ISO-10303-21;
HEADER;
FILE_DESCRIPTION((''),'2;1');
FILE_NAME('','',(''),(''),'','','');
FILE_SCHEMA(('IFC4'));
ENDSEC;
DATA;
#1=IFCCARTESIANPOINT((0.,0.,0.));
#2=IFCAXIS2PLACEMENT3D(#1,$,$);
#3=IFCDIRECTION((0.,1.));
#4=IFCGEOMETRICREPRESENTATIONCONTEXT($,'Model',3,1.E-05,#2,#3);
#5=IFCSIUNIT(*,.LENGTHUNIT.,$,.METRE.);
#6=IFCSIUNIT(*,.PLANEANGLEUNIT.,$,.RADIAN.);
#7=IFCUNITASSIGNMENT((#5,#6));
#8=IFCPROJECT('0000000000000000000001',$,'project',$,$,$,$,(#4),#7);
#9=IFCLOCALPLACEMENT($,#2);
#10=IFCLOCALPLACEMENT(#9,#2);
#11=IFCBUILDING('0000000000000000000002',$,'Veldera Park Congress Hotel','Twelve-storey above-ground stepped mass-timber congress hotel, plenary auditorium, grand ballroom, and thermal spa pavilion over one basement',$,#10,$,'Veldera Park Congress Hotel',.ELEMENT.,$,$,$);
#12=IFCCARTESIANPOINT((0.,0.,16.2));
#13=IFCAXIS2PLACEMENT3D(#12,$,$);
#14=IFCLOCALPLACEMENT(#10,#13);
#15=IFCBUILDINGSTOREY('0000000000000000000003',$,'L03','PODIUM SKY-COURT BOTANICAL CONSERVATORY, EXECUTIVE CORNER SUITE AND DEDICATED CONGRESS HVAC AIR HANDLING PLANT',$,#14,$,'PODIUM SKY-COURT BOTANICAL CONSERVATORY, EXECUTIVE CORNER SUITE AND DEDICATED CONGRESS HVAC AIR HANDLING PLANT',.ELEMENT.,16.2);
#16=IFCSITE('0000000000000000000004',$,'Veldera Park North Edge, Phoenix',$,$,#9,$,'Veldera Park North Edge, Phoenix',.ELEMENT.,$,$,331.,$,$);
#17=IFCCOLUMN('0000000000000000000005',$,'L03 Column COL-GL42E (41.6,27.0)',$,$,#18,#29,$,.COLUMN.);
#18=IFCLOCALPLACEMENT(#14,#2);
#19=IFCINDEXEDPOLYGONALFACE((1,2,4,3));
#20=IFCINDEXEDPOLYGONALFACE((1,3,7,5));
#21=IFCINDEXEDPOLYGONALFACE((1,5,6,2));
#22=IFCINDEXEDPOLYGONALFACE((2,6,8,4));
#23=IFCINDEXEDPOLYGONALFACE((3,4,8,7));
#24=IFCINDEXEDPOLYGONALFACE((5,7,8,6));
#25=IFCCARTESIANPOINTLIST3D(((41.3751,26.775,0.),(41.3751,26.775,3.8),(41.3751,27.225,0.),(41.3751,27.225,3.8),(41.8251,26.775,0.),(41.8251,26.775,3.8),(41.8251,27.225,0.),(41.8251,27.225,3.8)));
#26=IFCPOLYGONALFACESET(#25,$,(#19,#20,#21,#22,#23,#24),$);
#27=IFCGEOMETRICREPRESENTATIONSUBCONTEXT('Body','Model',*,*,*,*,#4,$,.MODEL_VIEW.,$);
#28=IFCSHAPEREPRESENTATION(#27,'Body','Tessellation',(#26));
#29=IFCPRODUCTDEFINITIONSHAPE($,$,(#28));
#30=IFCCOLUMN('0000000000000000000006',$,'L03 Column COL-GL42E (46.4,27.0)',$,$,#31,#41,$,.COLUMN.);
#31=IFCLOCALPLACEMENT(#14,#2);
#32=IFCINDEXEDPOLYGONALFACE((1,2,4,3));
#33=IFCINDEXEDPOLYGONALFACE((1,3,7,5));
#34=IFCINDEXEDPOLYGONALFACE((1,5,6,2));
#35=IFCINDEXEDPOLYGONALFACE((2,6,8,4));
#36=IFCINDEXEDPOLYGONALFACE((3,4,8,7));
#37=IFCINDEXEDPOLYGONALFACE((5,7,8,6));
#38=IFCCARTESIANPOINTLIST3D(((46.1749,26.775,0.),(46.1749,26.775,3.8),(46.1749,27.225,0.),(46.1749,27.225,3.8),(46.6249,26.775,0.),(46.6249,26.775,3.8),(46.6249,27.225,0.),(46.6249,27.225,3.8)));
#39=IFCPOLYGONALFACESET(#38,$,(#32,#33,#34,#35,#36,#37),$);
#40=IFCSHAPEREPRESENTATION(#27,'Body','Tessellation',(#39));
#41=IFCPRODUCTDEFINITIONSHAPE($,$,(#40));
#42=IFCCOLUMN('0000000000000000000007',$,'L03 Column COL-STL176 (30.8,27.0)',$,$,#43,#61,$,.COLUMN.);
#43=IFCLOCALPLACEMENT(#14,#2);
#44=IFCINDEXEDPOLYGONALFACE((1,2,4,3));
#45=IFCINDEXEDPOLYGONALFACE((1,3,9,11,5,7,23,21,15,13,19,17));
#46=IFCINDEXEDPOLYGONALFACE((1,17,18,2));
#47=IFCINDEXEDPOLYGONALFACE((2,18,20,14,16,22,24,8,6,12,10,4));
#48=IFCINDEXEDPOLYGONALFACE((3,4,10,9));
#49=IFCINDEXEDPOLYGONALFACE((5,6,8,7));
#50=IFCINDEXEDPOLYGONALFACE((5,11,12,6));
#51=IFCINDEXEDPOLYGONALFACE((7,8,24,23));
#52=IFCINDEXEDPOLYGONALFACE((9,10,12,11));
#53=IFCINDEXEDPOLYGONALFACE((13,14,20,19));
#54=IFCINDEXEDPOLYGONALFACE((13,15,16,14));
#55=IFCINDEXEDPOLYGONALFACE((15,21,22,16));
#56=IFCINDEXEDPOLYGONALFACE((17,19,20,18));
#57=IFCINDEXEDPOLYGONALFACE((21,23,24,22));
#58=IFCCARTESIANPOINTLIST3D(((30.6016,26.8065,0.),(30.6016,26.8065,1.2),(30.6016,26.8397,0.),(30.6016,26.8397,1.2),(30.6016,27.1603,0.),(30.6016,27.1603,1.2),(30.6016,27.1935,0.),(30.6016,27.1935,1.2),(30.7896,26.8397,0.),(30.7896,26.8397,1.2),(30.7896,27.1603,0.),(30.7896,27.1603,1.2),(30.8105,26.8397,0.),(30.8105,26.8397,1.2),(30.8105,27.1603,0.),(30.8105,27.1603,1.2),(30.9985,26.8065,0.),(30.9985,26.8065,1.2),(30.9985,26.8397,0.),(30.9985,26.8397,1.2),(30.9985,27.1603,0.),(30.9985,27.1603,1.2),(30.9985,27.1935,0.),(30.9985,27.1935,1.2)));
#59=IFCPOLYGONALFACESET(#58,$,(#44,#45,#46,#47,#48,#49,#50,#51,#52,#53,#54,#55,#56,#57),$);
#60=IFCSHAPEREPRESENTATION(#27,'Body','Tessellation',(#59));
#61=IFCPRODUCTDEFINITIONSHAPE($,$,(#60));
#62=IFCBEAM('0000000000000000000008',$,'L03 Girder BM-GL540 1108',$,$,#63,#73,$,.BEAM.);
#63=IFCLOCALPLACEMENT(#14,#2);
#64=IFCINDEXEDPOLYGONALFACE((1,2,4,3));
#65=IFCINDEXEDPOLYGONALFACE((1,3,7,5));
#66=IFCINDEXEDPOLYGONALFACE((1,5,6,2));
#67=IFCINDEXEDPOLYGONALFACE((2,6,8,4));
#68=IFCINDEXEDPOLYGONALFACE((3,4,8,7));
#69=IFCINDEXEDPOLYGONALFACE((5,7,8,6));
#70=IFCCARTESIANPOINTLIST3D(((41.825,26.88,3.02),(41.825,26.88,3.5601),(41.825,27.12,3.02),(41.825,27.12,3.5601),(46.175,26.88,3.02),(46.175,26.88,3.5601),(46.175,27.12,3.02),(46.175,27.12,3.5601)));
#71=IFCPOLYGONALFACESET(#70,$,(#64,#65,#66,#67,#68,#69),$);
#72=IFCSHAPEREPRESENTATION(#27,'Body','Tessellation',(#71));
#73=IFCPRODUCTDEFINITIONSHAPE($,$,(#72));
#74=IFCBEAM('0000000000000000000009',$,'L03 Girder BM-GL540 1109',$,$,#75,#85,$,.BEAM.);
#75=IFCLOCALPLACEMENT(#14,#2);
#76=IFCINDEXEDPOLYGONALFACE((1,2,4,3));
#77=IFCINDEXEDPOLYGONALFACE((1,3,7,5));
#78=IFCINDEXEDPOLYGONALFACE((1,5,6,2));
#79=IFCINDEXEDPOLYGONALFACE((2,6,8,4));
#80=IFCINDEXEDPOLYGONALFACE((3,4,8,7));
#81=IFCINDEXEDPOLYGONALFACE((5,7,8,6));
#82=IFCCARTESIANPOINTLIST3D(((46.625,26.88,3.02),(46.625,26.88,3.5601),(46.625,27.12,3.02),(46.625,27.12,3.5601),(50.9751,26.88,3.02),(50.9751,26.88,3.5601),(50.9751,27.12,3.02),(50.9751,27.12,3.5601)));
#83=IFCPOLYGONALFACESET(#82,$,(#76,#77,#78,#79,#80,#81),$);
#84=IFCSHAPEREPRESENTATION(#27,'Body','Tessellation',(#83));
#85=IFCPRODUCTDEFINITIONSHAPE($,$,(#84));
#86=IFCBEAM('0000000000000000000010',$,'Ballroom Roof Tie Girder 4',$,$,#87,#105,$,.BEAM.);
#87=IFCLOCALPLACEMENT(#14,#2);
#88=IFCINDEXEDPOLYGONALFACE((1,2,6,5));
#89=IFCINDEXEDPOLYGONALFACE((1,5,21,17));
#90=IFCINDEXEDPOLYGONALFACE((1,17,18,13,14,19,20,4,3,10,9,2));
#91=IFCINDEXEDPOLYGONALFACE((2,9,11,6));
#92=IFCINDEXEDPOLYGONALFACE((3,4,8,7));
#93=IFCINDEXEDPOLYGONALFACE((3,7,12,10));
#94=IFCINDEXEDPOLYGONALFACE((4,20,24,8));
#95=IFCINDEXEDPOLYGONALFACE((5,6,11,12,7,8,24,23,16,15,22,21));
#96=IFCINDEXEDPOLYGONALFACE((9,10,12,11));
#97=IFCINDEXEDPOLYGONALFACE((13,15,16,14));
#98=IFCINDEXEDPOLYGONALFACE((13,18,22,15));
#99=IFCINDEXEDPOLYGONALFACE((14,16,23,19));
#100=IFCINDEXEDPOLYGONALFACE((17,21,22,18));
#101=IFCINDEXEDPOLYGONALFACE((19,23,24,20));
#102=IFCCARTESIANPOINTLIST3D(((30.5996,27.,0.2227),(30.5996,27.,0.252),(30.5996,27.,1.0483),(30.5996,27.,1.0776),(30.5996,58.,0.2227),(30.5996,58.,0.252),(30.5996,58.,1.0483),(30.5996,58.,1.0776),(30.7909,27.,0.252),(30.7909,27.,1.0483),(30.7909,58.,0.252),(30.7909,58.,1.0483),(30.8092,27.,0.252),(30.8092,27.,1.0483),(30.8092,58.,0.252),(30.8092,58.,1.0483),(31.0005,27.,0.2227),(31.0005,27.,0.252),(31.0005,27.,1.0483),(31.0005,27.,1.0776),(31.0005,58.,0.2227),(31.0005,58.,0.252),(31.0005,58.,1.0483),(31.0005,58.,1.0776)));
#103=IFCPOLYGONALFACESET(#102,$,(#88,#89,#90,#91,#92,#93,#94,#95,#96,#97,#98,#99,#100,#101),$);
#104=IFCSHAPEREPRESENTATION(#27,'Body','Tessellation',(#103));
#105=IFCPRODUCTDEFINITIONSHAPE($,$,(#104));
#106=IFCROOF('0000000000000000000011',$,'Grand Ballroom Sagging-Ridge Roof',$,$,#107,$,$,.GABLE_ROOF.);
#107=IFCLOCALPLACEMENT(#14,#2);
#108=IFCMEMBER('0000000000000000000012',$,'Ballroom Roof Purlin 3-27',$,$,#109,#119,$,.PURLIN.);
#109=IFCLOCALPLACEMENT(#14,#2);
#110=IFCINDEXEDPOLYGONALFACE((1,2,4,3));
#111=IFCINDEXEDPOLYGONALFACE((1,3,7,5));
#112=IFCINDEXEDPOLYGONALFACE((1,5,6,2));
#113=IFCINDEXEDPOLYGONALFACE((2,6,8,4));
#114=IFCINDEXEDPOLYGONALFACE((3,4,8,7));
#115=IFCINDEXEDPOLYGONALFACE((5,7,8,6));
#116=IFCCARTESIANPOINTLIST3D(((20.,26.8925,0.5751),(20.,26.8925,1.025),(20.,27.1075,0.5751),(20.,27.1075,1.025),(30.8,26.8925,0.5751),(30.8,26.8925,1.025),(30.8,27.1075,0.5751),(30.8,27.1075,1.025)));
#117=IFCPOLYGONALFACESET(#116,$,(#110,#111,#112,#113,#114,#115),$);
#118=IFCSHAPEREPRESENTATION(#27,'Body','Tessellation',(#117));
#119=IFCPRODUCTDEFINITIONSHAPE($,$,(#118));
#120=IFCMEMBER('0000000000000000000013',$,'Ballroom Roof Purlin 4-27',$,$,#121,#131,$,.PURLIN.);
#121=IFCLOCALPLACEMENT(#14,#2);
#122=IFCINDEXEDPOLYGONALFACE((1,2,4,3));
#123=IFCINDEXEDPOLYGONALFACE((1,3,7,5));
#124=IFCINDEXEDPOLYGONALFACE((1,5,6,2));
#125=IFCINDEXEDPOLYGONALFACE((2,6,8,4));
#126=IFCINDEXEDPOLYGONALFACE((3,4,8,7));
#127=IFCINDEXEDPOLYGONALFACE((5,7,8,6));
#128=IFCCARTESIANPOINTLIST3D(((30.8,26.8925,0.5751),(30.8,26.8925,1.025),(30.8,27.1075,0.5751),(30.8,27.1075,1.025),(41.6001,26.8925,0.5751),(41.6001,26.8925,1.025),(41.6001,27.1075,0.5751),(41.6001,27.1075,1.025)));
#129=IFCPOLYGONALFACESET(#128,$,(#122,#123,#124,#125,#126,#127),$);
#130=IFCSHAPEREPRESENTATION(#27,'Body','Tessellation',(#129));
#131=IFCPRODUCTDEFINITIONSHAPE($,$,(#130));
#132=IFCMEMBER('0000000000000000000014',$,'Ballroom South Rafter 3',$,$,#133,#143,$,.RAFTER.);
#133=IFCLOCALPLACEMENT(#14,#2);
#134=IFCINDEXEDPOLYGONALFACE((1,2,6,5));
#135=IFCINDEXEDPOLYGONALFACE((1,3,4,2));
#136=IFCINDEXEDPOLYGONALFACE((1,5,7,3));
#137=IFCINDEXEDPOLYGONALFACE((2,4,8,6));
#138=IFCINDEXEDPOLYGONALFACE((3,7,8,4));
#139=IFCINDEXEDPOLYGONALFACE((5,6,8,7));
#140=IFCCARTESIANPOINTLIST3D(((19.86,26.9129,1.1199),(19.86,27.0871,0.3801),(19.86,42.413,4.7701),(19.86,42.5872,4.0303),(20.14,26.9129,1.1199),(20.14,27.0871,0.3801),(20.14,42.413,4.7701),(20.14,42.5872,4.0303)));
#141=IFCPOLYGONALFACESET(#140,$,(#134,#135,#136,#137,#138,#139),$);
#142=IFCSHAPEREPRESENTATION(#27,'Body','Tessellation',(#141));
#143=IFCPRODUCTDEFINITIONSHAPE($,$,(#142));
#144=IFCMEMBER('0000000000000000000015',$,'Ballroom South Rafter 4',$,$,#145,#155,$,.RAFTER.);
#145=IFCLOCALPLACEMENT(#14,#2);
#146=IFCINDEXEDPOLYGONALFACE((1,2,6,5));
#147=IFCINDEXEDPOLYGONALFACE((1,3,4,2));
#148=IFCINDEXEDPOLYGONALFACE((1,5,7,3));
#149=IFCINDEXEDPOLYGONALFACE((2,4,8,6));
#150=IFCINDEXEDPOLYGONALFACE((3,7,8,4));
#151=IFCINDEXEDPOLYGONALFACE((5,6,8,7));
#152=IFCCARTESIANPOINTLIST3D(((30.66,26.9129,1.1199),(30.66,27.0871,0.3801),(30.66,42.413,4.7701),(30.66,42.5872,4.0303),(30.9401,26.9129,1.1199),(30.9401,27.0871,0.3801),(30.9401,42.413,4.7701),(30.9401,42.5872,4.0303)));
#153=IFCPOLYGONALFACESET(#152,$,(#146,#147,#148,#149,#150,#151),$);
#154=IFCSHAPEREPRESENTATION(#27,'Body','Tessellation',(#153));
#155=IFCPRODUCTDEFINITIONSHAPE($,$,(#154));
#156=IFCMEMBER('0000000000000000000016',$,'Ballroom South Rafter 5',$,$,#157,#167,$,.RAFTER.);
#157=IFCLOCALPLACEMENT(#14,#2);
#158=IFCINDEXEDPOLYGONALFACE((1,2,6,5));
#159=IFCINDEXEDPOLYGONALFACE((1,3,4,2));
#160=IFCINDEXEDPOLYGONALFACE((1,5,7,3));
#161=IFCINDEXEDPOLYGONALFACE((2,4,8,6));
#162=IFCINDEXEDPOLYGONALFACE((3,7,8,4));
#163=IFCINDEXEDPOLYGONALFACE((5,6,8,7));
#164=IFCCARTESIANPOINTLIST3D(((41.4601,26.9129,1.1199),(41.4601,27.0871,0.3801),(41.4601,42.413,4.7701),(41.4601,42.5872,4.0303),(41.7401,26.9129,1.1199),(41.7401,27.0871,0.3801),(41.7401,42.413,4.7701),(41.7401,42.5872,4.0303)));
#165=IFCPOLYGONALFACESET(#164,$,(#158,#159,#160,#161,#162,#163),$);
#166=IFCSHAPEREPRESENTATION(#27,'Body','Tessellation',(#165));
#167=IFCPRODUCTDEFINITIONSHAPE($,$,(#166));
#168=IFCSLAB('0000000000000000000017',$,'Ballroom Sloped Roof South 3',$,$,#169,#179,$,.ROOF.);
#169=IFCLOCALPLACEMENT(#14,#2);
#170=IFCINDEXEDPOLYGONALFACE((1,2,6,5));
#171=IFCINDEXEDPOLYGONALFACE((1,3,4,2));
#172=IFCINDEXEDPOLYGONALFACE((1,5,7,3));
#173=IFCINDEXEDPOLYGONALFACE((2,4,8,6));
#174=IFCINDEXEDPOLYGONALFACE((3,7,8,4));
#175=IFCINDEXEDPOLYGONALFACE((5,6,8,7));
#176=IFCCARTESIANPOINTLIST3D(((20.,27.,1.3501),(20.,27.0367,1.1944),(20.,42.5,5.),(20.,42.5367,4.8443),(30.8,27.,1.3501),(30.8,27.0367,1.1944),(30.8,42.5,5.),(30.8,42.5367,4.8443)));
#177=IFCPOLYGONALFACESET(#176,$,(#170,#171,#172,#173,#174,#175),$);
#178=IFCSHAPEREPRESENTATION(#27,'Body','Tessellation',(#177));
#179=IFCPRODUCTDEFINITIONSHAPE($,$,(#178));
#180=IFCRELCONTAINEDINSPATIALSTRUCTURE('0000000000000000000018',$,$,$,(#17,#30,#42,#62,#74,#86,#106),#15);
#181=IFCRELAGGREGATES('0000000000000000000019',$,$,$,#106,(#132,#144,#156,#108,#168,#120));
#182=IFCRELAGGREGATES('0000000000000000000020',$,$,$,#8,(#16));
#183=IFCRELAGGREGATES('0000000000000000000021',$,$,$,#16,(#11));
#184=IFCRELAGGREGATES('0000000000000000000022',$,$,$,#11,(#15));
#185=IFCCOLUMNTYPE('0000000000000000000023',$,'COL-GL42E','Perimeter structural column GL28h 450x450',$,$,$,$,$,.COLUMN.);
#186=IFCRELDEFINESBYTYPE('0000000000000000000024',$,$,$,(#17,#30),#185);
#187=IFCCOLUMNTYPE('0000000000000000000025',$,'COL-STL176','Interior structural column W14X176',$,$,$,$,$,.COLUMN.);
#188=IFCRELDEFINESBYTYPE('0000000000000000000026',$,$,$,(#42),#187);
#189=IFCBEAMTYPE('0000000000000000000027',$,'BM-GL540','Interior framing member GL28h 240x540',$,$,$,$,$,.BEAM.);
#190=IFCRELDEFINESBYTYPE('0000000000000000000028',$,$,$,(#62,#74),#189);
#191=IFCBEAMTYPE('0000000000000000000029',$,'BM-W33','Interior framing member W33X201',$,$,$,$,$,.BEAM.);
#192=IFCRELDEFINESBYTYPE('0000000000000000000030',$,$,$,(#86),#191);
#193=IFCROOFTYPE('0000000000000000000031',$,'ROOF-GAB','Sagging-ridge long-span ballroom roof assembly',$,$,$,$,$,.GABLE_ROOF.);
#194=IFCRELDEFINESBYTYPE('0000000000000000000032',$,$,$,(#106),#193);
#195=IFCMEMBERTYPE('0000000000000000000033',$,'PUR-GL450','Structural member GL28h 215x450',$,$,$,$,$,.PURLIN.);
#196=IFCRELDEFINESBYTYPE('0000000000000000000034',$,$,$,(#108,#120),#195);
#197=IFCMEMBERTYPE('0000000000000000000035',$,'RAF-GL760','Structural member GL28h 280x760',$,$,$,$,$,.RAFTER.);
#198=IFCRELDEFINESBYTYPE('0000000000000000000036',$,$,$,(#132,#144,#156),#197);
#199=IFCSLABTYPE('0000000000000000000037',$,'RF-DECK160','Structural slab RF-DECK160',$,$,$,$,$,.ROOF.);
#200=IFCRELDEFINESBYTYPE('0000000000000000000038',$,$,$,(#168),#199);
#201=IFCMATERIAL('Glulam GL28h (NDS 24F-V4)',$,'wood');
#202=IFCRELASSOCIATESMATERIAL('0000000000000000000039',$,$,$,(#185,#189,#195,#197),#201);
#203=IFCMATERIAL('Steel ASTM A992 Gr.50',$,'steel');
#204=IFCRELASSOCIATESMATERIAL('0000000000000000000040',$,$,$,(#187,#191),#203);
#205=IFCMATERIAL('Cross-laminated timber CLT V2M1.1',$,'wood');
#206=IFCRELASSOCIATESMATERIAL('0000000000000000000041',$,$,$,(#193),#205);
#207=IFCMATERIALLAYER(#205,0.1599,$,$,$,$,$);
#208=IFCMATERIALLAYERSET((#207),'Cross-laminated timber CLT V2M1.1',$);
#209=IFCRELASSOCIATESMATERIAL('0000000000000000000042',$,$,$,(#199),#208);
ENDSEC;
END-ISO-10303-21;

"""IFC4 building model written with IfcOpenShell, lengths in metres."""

from ifc_helpers import new_model, si_unit, direction, frame, origin, origin_2d, place, context, subcontext, project, spatial, polyline, rectangle, i_section, outline, extrude, material, layer, layer_set, material_profile, profile_set, type_object, element, aggregate, save


model = new_model("IFC4")

# Units and contexts
model_context = context("Model", 3, precision=1e-05, world=origin(), true_north=direction((0.0, 1.0)))
body_context = subcontext(model_context, "Body", "Model", "MODEL_VIEW")
ifc_project = project(units=[si_unit("LENGTHUNIT", "METRE"), si_unit("PLANEANGLEUNIT", "RADIAN")], contexts=[model_context])

# Site, building, storey
site_placement = place(None, origin())
site = spatial("IfcSite", under=ifc_project, at=site_placement, Name="Veldera Park North Edge, Phoenix", LongName="Veldera Park North Edge, Phoenix", CompositionType="ELEMENT", RefElevation=331.0)
building_placement = place(site_placement, origin())
building = spatial("IfcBuilding", under=site, at=building_placement, Name="Veldera Park Congress Hotel", Description="Twelve-storey above-ground stepped mass-timber congress hotel, plenary auditorium, grand ballroom, and thermal spa pavilion over one basement", LongName="Veldera Park Congress Hotel", CompositionType="ELEMENT")
storey_placement = place(building_placement, frame((0.0, 0.0, 16.2)))
storey = spatial("IfcBuildingStorey", under=building, at=storey_placement, Name="L03", Description="PODIUM SKY-COURT BOTANICAL CONSERVATORY, EXECUTIVE CORNER SUITE AND DEDICATED CONGRESS HVAC AIR HANDLING PLANT", LongName="PODIUM SKY-COURT BOTANICAL CONSERVATORY, EXECUTIVE CORNER SUITE AND DEDICATED CONGRESS HVAC AIR HANDLING PLANT", CompositionType="ELEMENT", Elevation=16.2)

# Columns
ifc_material_1 = material(Name="Glulam GL28h (NDS 24F-V4)", Category="wood")
ifc_material_profile_1 = material_profile(ifc_material_1, rectangle(XDim=0.45, YDim=0.45, at=origin_2d()), Name="GL28h 450x450")
ifc_profile_set_1 = profile_set([ifc_material_profile_1], Name="Glulam GL28h (NDS 24F-V4)")
column_type_1 = type_object("IfcColumnType", Name="COL-GL42E", Description="Perimeter structural column GL28h 450x450", PredefinedType="COLUMN", material=ifc_profile_set_1)
for number, where, z_axis, x_axis, name in (
    (1, (41.6001, 27.0, 0.0), (0.0, 0.0, 1.0), (1.0, 0.0, 0.0), "L03 Column COL-GL42E (41.6,27.0)"),
    (2, (46.3999, 27.0, 0.0), (0.0, 0.0, 1.0), (1.0, 0.0, 0.0), "L03 Column COL-GL42E (46.4,27.0)"),
):
    element("IfcColumn", number, at=place(storey_placement, frame(where, z_axis=z_axis, x_axis=x_axis)), inside=storey, type_object=column_type_1, Name=name, PredefinedType="COLUMN", context=body_context, shape_type="SweptSolid", body=[
        extrude(rectangle(XDim=0.45, YDim=0.45, at=origin_2d()), origin(), (0.0, 0.0, 1.0), 3.8),
    ])
ifc_material_2 = material(Name="Steel ASTM A992 Gr.50", Category="steel")
ifc_material_profile_2 = material_profile(ifc_material_2, i_section(OverallWidth=0.397, OverallDepth=0.387, WebThickness=0.021, FlangeThickness=0.0332, at=origin_2d()), Name="W14X176")
ifc_profile_set_2 = profile_set([ifc_material_profile_2], Name="Steel ASTM A992 Gr.50")
column_type_2 = type_object("IfcColumnType", Name="COL-STL176", Description="Interior structural column W14X176", PredefinedType="COLUMN", material=ifc_profile_set_2)
column_placement = place(storey_placement, frame((30.8, 27.0, 0.0), z_axis=(0.0, 0.0, 1.0), x_axis=(1.0, 0.0, 0.0)))
element("IfcColumn", 3, at=column_placement, inside=storey, type_object=column_type_2, Name="L03 Column COL-STL176 (30.8,27.0)", PredefinedType="COLUMN", context=body_context, shape_type="SweptSolid", body=[
    extrude(i_section(OverallWidth=0.397, OverallDepth=0.387, WebThickness=0.021, FlangeThickness=0.0332, at=origin_2d()), origin(), (0.0, 0.0, 1.0), 1.2),
])

# Beams
ifc_material_profile_3 = material_profile(ifc_material_1, rectangle(XDim=0.24, YDim=0.54, at=origin_2d()), Name="GL28h 240x540")
ifc_profile_set_3 = profile_set([ifc_material_profile_3], Name="Glulam GL28h (NDS 24F-V4)")
beam_type_1 = type_object("IfcBeamType", Name="BM-GL540", Description="Interior framing member GL28h 240x540", PredefinedType="BEAM", material=ifc_profile_set_3)
for number, where, z_axis, x_axis, name in (
    (4, (41.825, 27.0, 3.29), (1.0, 0.0, 0.0), (0.0, 1.0, 0.0), "L03 Girder BM-GL540 1108"),
    (5, (46.625, 27.0, 3.29), (1.0, 0.0, 0.0), (0.0, 1.0, 0.0), "L03 Girder BM-GL540 1109"),
):
    element("IfcBeam", number, at=place(storey_placement, frame(where, z_axis=z_axis, x_axis=x_axis)), inside=storey, type_object=beam_type_1, Name=name, PredefinedType="BEAM", context=body_context, shape_type="SweptSolid", body=[
        extrude(rectangle(XDim=0.24, YDim=0.54, at=origin_2d()), origin(), (0.0, 0.0, 1.0), 4.3501),
    ])
ifc_material_profile_4 = material_profile(ifc_material_2, i_section(OverallWidth=0.4009, OverallDepth=0.855, WebThickness=0.0183, FlangeThickness=0.0293, at=origin_2d()), Name="W33X201")
ifc_profile_set_4 = profile_set([ifc_material_profile_4], Name="Steel ASTM A992 Gr.50")
beam_type_2 = type_object("IfcBeamType", Name="BM-W33", Description="Interior framing member W33X201", PredefinedType="BEAM", material=ifc_profile_set_4)
beam_placement = place(storey_placement, frame((30.8, 27.0, 0.6501), z_axis=(0.0, 1.0, 0.0), x_axis=(-1.0, 0.0, 0.0)))
element("IfcBeam", 6, at=beam_placement, inside=storey, type_object=beam_type_2, Name="Ballroom Roof Tie Girder 4", PredefinedType="BEAM", context=body_context, shape_type="SweptSolid", body=[
    extrude(i_section(OverallWidth=0.4009, OverallDepth=0.855, WebThickness=0.0183, FlangeThickness=0.0293, at=origin_2d()), origin(), (0.0, 0.0, 1.0), 31.0),
])

# Roof, members, slab
ifc_material_3 = material(Name="Cross-laminated timber CLT V2M1.1", Category="wood")
roof_type = type_object("IfcRoofType", Name="ROOF-GAB", Description="Sagging-ridge long-span ballroom roof assembly", PredefinedType="GABLE_ROOF", material=ifc_material_3)
roof_placement = place(storey_placement, origin())
roof = element("IfcRoof", 7, at=roof_placement, inside=storey, type_object=roof_type, Name="Grand Ballroom Sagging-Ridge Roof", PredefinedType="GABLE_ROOF")
ifc_material_profile_5 = material_profile(ifc_material_1, rectangle(XDim=0.2151, YDim=0.45, at=origin_2d()), Name="GL28h 215x450")
ifc_profile_set_5 = profile_set([ifc_material_profile_5], Name="Glulam GL28h (NDS 24F-V4)")
member_type_1 = type_object("IfcMemberType", Name="PUR-GL450", Description="Structural member GL28h 215x450", PredefinedType="PURLIN", material=ifc_profile_set_5)
member_1_placement = place(storey_placement, frame((20.0, 27.0, 0.8), z_axis=(1.0, 0.0, 0.0), x_axis=(0.0, 1.0, 0.0)))
member_1 = element("IfcMember", 8, at=member_1_placement, type_object=member_type_1, Name="Ballroom Roof Purlin 3-27", PredefinedType="PURLIN", context=body_context, shape_type="SweptSolid", body=[
    extrude(rectangle(XDim=0.2151, YDim=0.45, at=origin_2d()), origin(), (0.0, 0.0, 1.0), 10.8),
])
member_2_placement = place(storey_placement, frame((30.8, 27.0, 0.8), z_axis=(1.0, 0.0, 0.0), x_axis=(0.0, 1.0, 0.0)))
member_2 = element("IfcMember", 9, at=member_2_placement, type_object=member_type_1, Name="Ballroom Roof Purlin 4-27", PredefinedType="PURLIN", context=body_context, shape_type="SweptSolid", body=[
    extrude(rectangle(XDim=0.2151, YDim=0.45, at=origin_2d()), origin(), (0.0, 0.0, 1.0), 10.8),
])
ifc_material_profile_6 = material_profile(ifc_material_1, rectangle(XDim=0.28, YDim=0.76, at=origin_2d()), Name="GL28h 280x760")
ifc_profile_set_6 = profile_set([ifc_material_profile_6], Name="Glulam GL28h (NDS 24F-V4)")
member_type_2 = type_object("IfcMemberType", Name="RAF-GL760", Description="Structural member GL28h 280x760", PredefinedType="RAFTER", material=ifc_profile_set_6)
member_3_placement = place(storey_placement, frame((20.0, 27.0, 0.75), z_axis=(0.0, 0.973374, 0.229223), x_axis=(-1.0, 0.0, 0.0)))
member_3 = element("IfcMember", 10, at=member_3_placement, type_object=member_type_2, Name="Ballroom South Rafter 3", PredefinedType="RAFTER", context=body_context, shape_type="SweptSolid", body=[
    extrude(rectangle(XDim=0.28, YDim=0.76, at=origin_2d()), origin(), (0.0, 0.0, 1.0), 15.9241),
])
member_4_placement = place(storey_placement, frame((30.8, 27.0, 0.75), z_axis=(0.0, 0.973374, 0.229223), x_axis=(-1.0, 0.0, 0.0)))
member_4 = element("IfcMember", 11, at=member_4_placement, type_object=member_type_2, Name="Ballroom South Rafter 4", PredefinedType="RAFTER", context=body_context, shape_type="SweptSolid", body=[
    extrude(rectangle(XDim=0.28, YDim=0.76, at=origin_2d()), origin(), (0.0, 0.0, 1.0), 15.9241),
])
member_5_placement = place(storey_placement, frame((41.6001, 27.0, 0.75), z_axis=(0.0, 0.973374, 0.229223), x_axis=(-1.0, 0.0, 0.0)))
member_5 = element("IfcMember", 12, at=member_5_placement, type_object=member_type_2, Name="Ballroom South Rafter 5", PredefinedType="RAFTER", context=body_context, shape_type="SweptSolid", body=[
    extrude(rectangle(XDim=0.28, YDim=0.76, at=origin_2d()), origin(), (0.0, 0.0, 1.0), 15.9241),
])
ifc_layer_1 = layer(ifc_material_3, 0.1599)
ifc_layer_set_1 = layer_set([ifc_layer_1], Name="Cross-laminated timber CLT V2M1.1")
slab_type = type_object("IfcSlabType", Name="RF-DECK160", Description="Structural slab RF-DECK160", PredefinedType="ROOF", material=ifc_layer_set_1)
slab_1_placement = place(storey_placement, frame((20.0, 27.0, 1.3501), z_axis=(0.0, -0.229209, 0.973377), x_axis=(1.0, 0.0, 0.0)))
slab_1 = element("IfcSlab", 13, at=slab_1_placement, type_object=slab_type, Name="Ballroom Sloped Roof South 3", PredefinedType="ROOF", context=body_context, shape_type="SweptSolid", body=[
    extrude(outline(polyline([(0.0, 0.0), (10.8, 0.0), (10.8, 15.9239), (0.0, 15.9239), (0.0, 0.0)])), origin(), (0.0, 0.0, -1.0), 0.1599),
])
aggregate(roof, [member_3, member_4, member_5, member_1, slab_1, member_2])

save(model, "model.ifc")
